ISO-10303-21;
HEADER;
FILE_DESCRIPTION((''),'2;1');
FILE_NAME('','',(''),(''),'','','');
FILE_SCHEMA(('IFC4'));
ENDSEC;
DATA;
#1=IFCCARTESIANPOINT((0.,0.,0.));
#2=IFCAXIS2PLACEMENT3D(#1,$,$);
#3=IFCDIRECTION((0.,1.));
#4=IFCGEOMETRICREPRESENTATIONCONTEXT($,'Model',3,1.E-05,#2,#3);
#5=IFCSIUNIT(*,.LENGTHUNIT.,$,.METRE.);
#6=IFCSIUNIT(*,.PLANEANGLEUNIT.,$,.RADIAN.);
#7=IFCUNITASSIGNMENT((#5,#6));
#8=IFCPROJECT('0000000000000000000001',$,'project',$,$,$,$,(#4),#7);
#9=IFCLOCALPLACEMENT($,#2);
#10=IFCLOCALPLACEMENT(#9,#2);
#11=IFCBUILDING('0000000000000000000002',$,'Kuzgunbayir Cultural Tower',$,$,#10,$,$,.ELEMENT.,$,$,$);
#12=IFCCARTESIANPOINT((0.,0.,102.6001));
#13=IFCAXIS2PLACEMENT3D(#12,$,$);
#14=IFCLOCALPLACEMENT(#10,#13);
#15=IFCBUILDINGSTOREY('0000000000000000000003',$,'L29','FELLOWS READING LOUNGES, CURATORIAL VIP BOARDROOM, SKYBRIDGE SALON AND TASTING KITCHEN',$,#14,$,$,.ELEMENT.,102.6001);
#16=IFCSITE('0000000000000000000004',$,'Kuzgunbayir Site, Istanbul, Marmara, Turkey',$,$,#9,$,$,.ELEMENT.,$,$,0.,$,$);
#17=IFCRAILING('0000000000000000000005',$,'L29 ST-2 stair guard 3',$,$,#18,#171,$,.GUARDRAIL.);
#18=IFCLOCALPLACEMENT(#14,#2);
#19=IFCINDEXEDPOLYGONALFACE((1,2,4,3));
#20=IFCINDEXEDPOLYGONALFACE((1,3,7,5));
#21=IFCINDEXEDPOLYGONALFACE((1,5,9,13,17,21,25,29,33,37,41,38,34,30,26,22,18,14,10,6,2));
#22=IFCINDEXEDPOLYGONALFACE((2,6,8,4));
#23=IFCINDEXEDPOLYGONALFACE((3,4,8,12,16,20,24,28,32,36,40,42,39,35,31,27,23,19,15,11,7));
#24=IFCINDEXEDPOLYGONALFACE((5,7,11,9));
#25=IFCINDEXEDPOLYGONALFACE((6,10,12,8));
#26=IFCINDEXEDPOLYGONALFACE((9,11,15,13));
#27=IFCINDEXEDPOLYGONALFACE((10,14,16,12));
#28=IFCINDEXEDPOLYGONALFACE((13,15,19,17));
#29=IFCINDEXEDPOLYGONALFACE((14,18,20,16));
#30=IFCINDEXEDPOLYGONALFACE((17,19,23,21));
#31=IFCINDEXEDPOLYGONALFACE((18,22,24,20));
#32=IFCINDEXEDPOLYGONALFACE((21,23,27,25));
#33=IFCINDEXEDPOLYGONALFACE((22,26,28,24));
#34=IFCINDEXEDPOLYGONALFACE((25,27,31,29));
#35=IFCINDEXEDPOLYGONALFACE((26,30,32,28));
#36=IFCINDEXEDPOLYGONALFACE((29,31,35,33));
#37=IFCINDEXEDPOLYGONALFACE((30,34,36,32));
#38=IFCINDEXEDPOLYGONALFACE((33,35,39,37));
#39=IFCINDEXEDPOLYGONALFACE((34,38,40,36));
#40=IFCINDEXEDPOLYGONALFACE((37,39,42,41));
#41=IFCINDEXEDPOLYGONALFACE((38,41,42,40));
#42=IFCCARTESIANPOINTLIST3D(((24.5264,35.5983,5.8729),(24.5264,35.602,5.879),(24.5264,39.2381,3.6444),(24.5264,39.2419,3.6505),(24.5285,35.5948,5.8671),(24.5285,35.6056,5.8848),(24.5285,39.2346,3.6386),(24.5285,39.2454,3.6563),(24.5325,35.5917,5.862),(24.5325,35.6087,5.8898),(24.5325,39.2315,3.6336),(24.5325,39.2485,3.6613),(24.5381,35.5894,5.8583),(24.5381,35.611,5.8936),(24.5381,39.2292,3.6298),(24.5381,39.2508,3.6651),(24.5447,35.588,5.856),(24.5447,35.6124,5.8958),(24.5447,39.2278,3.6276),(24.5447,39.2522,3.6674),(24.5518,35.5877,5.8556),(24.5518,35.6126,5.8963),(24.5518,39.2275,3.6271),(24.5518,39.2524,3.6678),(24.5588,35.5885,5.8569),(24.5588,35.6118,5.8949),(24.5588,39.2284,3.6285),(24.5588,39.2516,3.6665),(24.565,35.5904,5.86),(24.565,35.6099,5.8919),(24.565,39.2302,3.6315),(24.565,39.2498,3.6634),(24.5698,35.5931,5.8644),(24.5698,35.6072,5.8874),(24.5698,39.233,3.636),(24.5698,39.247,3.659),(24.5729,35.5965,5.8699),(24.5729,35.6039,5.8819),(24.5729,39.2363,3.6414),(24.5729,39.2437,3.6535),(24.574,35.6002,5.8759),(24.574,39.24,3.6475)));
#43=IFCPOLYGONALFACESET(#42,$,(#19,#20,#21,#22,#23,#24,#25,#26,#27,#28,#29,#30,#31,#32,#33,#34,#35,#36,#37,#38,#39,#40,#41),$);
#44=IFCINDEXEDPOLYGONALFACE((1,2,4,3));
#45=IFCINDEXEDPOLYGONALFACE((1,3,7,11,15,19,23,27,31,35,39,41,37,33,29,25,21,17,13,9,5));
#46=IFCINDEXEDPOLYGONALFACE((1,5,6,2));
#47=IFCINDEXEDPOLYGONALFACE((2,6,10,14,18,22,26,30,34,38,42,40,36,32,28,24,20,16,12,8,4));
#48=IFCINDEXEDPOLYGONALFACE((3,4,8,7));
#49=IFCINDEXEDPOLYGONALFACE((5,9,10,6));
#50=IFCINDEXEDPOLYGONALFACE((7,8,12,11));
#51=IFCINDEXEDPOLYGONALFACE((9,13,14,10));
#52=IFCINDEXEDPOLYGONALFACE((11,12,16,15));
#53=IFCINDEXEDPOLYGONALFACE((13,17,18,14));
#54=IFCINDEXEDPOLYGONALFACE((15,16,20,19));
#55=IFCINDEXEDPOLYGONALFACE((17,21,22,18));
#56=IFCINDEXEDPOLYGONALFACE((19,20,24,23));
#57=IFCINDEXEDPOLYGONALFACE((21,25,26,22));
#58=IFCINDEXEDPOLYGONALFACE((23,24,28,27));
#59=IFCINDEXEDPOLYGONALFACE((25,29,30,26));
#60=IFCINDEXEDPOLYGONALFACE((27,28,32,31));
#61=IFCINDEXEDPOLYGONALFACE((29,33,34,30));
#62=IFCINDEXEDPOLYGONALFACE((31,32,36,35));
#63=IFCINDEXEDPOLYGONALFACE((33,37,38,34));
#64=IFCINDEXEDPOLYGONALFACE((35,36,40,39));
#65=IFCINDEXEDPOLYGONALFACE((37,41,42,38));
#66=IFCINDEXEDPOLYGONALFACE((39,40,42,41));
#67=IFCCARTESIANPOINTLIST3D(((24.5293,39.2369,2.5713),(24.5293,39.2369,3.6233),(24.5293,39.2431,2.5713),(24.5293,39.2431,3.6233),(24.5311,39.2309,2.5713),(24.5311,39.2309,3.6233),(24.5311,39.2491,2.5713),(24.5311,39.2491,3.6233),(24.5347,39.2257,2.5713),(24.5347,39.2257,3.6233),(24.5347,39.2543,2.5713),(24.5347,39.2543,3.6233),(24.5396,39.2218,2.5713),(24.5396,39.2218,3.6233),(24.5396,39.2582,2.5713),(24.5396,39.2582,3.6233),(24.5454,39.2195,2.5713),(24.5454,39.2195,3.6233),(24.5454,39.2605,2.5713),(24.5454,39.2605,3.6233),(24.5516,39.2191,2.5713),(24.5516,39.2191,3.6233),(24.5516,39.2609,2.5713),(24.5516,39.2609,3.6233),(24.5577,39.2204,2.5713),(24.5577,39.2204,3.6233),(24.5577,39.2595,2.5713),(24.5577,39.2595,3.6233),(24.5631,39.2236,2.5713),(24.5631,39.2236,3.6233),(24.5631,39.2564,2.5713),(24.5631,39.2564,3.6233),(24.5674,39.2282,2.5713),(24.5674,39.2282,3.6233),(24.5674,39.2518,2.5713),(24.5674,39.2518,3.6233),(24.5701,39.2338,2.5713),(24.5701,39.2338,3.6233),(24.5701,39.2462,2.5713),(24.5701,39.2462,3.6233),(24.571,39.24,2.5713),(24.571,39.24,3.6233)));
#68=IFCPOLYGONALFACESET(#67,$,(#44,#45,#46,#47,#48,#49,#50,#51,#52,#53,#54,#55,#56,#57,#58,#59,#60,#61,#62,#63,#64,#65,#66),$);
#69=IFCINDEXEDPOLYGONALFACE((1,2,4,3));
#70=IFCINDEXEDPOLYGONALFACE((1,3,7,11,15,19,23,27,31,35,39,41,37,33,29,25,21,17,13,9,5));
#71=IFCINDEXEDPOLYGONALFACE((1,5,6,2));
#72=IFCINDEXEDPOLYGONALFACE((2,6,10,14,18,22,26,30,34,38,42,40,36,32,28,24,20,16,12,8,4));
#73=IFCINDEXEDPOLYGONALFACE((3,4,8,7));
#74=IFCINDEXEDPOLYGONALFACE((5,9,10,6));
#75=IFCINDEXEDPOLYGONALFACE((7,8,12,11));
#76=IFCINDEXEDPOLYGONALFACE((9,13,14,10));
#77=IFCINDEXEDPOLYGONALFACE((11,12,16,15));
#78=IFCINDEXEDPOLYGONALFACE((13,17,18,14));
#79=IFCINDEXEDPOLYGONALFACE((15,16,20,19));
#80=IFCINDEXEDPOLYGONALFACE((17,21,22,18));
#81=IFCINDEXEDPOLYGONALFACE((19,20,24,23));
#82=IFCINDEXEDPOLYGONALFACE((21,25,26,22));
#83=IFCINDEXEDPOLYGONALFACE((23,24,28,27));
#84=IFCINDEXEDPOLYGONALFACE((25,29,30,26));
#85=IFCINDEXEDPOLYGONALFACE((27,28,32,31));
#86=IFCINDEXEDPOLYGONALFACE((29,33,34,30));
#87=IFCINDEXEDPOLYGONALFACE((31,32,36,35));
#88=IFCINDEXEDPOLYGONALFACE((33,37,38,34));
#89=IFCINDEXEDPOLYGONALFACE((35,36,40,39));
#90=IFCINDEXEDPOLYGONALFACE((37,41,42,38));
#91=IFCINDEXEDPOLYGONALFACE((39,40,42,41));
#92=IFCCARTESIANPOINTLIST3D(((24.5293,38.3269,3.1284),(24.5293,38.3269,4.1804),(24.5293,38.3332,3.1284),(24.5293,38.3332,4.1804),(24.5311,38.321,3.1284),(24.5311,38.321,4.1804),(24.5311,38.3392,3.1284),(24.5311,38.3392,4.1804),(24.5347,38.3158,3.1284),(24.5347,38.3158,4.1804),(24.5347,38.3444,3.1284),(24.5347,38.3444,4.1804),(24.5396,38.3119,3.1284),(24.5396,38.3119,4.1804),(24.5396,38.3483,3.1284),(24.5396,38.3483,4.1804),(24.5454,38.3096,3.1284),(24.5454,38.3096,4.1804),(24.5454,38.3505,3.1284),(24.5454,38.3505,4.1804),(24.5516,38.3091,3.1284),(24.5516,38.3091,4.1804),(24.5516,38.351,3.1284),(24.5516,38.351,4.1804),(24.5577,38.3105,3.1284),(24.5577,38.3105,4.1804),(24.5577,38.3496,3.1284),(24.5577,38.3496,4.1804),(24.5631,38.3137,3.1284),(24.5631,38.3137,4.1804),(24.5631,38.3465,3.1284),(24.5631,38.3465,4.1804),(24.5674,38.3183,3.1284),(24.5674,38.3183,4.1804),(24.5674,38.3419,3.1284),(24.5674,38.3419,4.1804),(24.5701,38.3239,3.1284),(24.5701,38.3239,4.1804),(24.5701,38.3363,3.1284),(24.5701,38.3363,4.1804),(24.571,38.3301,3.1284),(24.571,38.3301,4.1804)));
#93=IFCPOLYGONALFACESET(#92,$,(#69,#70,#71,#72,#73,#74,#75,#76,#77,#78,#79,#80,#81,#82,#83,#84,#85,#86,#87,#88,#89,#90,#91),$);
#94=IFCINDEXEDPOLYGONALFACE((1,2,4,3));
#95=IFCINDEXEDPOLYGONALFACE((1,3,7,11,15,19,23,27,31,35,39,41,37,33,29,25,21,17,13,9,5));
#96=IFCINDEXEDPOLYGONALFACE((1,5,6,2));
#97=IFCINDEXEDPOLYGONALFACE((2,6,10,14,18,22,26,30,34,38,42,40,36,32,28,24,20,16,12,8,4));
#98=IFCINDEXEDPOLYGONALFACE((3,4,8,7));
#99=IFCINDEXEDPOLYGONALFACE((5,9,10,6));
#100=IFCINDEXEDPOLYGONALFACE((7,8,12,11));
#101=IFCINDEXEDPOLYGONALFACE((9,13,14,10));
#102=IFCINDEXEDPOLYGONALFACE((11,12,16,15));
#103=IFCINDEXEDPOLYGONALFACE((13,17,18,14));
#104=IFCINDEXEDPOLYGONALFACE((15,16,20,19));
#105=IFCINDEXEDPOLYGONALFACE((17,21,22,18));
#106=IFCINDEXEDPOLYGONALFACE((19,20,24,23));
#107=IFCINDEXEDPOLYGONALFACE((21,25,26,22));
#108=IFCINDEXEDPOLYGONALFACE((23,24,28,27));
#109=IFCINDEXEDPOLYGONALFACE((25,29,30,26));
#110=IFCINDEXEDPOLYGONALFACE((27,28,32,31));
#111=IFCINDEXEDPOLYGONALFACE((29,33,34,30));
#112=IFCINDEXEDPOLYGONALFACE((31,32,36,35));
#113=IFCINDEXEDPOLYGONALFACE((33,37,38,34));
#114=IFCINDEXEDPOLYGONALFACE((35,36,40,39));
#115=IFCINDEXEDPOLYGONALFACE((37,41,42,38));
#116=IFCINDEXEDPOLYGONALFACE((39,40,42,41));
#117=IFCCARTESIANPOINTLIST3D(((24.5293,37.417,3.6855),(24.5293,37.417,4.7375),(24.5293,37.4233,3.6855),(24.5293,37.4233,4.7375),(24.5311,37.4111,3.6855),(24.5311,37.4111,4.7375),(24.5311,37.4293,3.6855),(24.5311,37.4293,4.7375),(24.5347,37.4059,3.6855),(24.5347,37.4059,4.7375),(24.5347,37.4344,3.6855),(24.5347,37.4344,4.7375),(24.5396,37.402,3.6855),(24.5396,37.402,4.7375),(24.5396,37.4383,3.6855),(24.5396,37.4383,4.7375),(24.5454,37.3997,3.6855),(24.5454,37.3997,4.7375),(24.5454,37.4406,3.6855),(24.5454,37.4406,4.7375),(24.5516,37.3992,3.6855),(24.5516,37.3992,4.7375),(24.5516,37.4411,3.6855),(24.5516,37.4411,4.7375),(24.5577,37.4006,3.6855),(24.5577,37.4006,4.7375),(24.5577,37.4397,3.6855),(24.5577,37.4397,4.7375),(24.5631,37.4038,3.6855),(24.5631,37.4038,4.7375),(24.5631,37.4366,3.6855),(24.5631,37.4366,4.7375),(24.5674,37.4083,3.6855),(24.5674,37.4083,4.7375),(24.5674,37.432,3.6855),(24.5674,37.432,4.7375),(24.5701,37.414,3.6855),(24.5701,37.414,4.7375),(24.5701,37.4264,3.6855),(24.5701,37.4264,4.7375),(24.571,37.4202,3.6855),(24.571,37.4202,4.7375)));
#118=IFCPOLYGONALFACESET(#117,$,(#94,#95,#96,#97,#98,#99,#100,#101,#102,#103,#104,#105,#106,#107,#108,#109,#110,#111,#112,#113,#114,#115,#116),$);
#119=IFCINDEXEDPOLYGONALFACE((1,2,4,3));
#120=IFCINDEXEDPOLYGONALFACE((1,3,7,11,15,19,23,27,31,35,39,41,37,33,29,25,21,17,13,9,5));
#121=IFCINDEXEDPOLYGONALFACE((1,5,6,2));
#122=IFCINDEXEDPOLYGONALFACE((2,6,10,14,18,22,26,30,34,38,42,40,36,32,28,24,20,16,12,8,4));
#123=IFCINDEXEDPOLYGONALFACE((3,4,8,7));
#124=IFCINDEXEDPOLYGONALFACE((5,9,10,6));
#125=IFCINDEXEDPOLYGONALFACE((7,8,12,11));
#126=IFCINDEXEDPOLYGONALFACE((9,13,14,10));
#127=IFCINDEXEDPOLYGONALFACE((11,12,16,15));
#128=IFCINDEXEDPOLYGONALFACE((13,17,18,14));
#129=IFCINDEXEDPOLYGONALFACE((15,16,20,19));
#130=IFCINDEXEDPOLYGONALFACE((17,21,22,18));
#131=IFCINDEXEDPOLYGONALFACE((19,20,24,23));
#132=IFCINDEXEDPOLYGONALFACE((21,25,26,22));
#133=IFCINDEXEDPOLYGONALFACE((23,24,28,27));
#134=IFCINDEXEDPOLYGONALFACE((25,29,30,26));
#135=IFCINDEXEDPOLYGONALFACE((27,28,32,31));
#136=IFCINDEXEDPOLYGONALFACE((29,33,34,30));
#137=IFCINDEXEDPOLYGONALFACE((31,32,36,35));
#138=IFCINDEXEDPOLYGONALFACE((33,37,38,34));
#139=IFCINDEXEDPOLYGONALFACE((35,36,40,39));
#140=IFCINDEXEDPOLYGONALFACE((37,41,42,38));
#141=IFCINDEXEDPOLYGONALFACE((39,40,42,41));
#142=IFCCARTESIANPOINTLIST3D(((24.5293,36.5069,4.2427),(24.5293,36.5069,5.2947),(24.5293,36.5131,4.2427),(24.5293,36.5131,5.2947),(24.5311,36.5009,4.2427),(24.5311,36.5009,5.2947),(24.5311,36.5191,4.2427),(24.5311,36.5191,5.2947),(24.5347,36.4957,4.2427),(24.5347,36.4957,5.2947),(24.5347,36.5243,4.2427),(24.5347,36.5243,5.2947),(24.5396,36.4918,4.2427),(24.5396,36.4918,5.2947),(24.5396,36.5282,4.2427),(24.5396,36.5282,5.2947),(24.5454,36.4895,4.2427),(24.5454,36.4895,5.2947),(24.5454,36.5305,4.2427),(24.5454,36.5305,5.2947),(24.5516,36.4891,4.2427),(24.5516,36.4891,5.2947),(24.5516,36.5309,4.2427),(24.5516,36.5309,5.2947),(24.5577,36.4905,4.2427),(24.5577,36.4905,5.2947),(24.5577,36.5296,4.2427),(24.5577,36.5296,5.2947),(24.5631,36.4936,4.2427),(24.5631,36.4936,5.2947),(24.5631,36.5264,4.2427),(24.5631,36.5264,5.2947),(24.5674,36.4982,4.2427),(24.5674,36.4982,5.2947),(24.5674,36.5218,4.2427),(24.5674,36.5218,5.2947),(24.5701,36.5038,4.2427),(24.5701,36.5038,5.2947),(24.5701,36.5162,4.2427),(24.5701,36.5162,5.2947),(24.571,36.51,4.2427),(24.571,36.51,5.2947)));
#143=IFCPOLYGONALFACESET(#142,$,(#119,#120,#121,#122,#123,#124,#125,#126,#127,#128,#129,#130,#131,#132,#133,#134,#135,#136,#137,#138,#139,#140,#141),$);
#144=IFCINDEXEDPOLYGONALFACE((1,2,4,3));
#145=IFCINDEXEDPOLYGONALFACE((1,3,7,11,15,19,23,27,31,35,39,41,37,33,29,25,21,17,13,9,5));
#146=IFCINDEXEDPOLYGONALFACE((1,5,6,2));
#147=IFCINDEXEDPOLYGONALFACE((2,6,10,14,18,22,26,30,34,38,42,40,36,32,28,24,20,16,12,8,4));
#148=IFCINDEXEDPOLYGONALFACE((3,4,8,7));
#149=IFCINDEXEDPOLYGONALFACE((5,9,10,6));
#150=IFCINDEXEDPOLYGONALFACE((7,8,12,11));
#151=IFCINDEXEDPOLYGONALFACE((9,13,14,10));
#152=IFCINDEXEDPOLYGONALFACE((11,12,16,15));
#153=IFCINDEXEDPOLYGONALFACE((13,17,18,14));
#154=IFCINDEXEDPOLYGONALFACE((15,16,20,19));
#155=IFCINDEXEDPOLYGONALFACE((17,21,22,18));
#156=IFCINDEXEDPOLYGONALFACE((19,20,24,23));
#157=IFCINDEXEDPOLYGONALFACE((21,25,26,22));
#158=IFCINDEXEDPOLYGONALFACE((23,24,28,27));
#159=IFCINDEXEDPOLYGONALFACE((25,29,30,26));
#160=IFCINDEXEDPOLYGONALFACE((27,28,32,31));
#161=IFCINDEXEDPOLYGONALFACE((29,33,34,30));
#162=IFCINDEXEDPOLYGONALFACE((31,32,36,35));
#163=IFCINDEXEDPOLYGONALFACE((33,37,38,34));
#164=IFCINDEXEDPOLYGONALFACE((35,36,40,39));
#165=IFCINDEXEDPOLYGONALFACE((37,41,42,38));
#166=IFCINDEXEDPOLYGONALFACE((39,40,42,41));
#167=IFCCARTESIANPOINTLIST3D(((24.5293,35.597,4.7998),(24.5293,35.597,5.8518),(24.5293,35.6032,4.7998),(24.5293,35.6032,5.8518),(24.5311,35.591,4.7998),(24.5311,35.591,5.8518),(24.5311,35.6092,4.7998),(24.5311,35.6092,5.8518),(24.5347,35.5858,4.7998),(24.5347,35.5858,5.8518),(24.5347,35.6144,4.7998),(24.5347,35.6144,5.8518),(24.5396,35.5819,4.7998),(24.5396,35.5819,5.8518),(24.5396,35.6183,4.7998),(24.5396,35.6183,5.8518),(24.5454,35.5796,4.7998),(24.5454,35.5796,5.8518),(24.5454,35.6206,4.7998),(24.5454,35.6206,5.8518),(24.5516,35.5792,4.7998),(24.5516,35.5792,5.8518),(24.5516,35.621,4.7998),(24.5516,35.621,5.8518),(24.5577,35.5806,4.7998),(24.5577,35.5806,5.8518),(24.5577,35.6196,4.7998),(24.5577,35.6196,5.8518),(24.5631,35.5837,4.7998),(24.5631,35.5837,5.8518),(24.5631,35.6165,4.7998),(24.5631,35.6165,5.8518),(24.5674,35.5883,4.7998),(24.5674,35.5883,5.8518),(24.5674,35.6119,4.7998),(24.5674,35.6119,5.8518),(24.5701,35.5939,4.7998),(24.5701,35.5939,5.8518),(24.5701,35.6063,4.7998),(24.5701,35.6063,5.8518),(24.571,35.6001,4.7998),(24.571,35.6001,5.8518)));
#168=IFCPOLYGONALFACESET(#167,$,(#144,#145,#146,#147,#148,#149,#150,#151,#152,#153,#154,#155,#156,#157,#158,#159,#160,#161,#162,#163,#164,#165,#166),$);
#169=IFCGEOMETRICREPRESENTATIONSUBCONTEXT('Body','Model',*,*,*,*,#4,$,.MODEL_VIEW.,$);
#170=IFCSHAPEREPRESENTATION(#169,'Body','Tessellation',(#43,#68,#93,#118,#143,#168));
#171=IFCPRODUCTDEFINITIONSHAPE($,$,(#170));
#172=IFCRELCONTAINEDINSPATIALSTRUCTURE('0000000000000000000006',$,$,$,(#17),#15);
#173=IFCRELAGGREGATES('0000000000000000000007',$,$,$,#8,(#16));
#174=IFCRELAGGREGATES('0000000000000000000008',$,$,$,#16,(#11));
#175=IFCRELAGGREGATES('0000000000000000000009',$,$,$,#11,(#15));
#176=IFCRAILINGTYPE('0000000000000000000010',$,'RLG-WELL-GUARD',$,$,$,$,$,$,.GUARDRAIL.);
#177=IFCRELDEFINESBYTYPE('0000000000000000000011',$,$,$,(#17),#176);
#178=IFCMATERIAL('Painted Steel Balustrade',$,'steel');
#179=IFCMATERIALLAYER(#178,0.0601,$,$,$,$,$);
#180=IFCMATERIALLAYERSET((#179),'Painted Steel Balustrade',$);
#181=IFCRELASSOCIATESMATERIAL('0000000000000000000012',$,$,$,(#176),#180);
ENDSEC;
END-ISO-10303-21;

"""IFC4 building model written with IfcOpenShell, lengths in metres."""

from ifc_helpers import new_model, si_unit, direction, frame, origin, origin_2d, place, context, subcontext, project, spatial, circle, extrude, material, layer, layer_set, type_object, element, save


model = new_model("IFC4")

# Units and contexts
model_context = context("Model", 3, precision=1e-05, world=origin(), true_north=direction((0.0, 1.0)))
body_context = subcontext(model_context, "Body", "Model", "MODEL_VIEW")
ifc_project = project(units=[si_unit("LENGTHUNIT", "METRE"), si_unit("PLANEANGLEUNIT", "RADIAN")], contexts=[model_context])

# Site, building, storey
site_placement = place(None, origin())
site = spatial("IfcSite", under=ifc_project, at=site_placement, Name="Kuzgunbayir Site, Istanbul, Marmara, Turkey", CompositionType="ELEMENT", RefElevation=0.0)
building_placement = place(site_placement, origin())
building = spatial("IfcBuilding", under=site, at=building_placement, Name="Kuzgunbayir Cultural Tower", CompositionType="ELEMENT")
storey_placement = place(building_placement, frame((0.0, 0.0, 102.6001)))
storey = spatial("IfcBuildingStorey", under=building, at=storey_placement, Name="L29", Description="FELLOWS READING LOUNGES, CURATORIAL VIP BOARDROOM, SKYBRIDGE SALON AND TASTING KITCHEN", CompositionType="ELEMENT", Elevation=102.6001)

# Railing
ifc_material_1 = material(Name="Painted Steel Balustrade", Category="steel")
ifc_layer_1 = layer(ifc_material_1, 0.0601)
ifc_layer_set_1 = layer_set([ifc_layer_1], Name="Painted Steel Balustrade")
railing_type_1 = type_object("IfcRailingType", Name="RLG-WELL-GUARD", PredefinedType="GUARDRAIL", material=ifc_layer_set_1)
railing_1_placement = place(storey_placement, frame((24.55, 39.24, 2.5713)))
element("IfcRailing", 1, at=railing_1_placement, inside=storey, type_object=railing_type_1, Name="L29 ST-2 stair guard 3", PredefinedType="GUARDRAIL", context=body_context, shape_type="SweptSolid", body=[
    extrude(circle(Radius=0.0239, at=origin_2d()), frame((0.0, 0.0, 1.0762), z_axis=(0.0, -0.85285, 0.522156), x_axis=(1.0, 0.0, 0.0)), (0.0, 0.0, 1.0), 4.2678),
    extrude(circle(Radius=0.021, at=origin_2d()), origin(), (0.0, 0.0, 1.0), 1.052),
    extrude(circle(Radius=0.021, at=origin_2d()), frame((0.0, -0.9099, 0.5571)), (0.0, 0.0, 1.0), 1.052),
    extrude(circle(Radius=0.021, at=origin_2d()), frame((0.0, -1.8198, 1.1143)), (0.0, 0.0, 1.0), 1.052),
    extrude(circle(Radius=0.021, at=origin_2d()), frame((0.0, -2.73, 1.6714)), (0.0, 0.0, 1.0), 1.052),
    extrude(circle(Radius=0.021, at=origin_2d()), frame((0.0, -3.6399, 2.2285)), (0.0, 0.0, 1.0), 1.052),
])

save(model, "model.ifc")
